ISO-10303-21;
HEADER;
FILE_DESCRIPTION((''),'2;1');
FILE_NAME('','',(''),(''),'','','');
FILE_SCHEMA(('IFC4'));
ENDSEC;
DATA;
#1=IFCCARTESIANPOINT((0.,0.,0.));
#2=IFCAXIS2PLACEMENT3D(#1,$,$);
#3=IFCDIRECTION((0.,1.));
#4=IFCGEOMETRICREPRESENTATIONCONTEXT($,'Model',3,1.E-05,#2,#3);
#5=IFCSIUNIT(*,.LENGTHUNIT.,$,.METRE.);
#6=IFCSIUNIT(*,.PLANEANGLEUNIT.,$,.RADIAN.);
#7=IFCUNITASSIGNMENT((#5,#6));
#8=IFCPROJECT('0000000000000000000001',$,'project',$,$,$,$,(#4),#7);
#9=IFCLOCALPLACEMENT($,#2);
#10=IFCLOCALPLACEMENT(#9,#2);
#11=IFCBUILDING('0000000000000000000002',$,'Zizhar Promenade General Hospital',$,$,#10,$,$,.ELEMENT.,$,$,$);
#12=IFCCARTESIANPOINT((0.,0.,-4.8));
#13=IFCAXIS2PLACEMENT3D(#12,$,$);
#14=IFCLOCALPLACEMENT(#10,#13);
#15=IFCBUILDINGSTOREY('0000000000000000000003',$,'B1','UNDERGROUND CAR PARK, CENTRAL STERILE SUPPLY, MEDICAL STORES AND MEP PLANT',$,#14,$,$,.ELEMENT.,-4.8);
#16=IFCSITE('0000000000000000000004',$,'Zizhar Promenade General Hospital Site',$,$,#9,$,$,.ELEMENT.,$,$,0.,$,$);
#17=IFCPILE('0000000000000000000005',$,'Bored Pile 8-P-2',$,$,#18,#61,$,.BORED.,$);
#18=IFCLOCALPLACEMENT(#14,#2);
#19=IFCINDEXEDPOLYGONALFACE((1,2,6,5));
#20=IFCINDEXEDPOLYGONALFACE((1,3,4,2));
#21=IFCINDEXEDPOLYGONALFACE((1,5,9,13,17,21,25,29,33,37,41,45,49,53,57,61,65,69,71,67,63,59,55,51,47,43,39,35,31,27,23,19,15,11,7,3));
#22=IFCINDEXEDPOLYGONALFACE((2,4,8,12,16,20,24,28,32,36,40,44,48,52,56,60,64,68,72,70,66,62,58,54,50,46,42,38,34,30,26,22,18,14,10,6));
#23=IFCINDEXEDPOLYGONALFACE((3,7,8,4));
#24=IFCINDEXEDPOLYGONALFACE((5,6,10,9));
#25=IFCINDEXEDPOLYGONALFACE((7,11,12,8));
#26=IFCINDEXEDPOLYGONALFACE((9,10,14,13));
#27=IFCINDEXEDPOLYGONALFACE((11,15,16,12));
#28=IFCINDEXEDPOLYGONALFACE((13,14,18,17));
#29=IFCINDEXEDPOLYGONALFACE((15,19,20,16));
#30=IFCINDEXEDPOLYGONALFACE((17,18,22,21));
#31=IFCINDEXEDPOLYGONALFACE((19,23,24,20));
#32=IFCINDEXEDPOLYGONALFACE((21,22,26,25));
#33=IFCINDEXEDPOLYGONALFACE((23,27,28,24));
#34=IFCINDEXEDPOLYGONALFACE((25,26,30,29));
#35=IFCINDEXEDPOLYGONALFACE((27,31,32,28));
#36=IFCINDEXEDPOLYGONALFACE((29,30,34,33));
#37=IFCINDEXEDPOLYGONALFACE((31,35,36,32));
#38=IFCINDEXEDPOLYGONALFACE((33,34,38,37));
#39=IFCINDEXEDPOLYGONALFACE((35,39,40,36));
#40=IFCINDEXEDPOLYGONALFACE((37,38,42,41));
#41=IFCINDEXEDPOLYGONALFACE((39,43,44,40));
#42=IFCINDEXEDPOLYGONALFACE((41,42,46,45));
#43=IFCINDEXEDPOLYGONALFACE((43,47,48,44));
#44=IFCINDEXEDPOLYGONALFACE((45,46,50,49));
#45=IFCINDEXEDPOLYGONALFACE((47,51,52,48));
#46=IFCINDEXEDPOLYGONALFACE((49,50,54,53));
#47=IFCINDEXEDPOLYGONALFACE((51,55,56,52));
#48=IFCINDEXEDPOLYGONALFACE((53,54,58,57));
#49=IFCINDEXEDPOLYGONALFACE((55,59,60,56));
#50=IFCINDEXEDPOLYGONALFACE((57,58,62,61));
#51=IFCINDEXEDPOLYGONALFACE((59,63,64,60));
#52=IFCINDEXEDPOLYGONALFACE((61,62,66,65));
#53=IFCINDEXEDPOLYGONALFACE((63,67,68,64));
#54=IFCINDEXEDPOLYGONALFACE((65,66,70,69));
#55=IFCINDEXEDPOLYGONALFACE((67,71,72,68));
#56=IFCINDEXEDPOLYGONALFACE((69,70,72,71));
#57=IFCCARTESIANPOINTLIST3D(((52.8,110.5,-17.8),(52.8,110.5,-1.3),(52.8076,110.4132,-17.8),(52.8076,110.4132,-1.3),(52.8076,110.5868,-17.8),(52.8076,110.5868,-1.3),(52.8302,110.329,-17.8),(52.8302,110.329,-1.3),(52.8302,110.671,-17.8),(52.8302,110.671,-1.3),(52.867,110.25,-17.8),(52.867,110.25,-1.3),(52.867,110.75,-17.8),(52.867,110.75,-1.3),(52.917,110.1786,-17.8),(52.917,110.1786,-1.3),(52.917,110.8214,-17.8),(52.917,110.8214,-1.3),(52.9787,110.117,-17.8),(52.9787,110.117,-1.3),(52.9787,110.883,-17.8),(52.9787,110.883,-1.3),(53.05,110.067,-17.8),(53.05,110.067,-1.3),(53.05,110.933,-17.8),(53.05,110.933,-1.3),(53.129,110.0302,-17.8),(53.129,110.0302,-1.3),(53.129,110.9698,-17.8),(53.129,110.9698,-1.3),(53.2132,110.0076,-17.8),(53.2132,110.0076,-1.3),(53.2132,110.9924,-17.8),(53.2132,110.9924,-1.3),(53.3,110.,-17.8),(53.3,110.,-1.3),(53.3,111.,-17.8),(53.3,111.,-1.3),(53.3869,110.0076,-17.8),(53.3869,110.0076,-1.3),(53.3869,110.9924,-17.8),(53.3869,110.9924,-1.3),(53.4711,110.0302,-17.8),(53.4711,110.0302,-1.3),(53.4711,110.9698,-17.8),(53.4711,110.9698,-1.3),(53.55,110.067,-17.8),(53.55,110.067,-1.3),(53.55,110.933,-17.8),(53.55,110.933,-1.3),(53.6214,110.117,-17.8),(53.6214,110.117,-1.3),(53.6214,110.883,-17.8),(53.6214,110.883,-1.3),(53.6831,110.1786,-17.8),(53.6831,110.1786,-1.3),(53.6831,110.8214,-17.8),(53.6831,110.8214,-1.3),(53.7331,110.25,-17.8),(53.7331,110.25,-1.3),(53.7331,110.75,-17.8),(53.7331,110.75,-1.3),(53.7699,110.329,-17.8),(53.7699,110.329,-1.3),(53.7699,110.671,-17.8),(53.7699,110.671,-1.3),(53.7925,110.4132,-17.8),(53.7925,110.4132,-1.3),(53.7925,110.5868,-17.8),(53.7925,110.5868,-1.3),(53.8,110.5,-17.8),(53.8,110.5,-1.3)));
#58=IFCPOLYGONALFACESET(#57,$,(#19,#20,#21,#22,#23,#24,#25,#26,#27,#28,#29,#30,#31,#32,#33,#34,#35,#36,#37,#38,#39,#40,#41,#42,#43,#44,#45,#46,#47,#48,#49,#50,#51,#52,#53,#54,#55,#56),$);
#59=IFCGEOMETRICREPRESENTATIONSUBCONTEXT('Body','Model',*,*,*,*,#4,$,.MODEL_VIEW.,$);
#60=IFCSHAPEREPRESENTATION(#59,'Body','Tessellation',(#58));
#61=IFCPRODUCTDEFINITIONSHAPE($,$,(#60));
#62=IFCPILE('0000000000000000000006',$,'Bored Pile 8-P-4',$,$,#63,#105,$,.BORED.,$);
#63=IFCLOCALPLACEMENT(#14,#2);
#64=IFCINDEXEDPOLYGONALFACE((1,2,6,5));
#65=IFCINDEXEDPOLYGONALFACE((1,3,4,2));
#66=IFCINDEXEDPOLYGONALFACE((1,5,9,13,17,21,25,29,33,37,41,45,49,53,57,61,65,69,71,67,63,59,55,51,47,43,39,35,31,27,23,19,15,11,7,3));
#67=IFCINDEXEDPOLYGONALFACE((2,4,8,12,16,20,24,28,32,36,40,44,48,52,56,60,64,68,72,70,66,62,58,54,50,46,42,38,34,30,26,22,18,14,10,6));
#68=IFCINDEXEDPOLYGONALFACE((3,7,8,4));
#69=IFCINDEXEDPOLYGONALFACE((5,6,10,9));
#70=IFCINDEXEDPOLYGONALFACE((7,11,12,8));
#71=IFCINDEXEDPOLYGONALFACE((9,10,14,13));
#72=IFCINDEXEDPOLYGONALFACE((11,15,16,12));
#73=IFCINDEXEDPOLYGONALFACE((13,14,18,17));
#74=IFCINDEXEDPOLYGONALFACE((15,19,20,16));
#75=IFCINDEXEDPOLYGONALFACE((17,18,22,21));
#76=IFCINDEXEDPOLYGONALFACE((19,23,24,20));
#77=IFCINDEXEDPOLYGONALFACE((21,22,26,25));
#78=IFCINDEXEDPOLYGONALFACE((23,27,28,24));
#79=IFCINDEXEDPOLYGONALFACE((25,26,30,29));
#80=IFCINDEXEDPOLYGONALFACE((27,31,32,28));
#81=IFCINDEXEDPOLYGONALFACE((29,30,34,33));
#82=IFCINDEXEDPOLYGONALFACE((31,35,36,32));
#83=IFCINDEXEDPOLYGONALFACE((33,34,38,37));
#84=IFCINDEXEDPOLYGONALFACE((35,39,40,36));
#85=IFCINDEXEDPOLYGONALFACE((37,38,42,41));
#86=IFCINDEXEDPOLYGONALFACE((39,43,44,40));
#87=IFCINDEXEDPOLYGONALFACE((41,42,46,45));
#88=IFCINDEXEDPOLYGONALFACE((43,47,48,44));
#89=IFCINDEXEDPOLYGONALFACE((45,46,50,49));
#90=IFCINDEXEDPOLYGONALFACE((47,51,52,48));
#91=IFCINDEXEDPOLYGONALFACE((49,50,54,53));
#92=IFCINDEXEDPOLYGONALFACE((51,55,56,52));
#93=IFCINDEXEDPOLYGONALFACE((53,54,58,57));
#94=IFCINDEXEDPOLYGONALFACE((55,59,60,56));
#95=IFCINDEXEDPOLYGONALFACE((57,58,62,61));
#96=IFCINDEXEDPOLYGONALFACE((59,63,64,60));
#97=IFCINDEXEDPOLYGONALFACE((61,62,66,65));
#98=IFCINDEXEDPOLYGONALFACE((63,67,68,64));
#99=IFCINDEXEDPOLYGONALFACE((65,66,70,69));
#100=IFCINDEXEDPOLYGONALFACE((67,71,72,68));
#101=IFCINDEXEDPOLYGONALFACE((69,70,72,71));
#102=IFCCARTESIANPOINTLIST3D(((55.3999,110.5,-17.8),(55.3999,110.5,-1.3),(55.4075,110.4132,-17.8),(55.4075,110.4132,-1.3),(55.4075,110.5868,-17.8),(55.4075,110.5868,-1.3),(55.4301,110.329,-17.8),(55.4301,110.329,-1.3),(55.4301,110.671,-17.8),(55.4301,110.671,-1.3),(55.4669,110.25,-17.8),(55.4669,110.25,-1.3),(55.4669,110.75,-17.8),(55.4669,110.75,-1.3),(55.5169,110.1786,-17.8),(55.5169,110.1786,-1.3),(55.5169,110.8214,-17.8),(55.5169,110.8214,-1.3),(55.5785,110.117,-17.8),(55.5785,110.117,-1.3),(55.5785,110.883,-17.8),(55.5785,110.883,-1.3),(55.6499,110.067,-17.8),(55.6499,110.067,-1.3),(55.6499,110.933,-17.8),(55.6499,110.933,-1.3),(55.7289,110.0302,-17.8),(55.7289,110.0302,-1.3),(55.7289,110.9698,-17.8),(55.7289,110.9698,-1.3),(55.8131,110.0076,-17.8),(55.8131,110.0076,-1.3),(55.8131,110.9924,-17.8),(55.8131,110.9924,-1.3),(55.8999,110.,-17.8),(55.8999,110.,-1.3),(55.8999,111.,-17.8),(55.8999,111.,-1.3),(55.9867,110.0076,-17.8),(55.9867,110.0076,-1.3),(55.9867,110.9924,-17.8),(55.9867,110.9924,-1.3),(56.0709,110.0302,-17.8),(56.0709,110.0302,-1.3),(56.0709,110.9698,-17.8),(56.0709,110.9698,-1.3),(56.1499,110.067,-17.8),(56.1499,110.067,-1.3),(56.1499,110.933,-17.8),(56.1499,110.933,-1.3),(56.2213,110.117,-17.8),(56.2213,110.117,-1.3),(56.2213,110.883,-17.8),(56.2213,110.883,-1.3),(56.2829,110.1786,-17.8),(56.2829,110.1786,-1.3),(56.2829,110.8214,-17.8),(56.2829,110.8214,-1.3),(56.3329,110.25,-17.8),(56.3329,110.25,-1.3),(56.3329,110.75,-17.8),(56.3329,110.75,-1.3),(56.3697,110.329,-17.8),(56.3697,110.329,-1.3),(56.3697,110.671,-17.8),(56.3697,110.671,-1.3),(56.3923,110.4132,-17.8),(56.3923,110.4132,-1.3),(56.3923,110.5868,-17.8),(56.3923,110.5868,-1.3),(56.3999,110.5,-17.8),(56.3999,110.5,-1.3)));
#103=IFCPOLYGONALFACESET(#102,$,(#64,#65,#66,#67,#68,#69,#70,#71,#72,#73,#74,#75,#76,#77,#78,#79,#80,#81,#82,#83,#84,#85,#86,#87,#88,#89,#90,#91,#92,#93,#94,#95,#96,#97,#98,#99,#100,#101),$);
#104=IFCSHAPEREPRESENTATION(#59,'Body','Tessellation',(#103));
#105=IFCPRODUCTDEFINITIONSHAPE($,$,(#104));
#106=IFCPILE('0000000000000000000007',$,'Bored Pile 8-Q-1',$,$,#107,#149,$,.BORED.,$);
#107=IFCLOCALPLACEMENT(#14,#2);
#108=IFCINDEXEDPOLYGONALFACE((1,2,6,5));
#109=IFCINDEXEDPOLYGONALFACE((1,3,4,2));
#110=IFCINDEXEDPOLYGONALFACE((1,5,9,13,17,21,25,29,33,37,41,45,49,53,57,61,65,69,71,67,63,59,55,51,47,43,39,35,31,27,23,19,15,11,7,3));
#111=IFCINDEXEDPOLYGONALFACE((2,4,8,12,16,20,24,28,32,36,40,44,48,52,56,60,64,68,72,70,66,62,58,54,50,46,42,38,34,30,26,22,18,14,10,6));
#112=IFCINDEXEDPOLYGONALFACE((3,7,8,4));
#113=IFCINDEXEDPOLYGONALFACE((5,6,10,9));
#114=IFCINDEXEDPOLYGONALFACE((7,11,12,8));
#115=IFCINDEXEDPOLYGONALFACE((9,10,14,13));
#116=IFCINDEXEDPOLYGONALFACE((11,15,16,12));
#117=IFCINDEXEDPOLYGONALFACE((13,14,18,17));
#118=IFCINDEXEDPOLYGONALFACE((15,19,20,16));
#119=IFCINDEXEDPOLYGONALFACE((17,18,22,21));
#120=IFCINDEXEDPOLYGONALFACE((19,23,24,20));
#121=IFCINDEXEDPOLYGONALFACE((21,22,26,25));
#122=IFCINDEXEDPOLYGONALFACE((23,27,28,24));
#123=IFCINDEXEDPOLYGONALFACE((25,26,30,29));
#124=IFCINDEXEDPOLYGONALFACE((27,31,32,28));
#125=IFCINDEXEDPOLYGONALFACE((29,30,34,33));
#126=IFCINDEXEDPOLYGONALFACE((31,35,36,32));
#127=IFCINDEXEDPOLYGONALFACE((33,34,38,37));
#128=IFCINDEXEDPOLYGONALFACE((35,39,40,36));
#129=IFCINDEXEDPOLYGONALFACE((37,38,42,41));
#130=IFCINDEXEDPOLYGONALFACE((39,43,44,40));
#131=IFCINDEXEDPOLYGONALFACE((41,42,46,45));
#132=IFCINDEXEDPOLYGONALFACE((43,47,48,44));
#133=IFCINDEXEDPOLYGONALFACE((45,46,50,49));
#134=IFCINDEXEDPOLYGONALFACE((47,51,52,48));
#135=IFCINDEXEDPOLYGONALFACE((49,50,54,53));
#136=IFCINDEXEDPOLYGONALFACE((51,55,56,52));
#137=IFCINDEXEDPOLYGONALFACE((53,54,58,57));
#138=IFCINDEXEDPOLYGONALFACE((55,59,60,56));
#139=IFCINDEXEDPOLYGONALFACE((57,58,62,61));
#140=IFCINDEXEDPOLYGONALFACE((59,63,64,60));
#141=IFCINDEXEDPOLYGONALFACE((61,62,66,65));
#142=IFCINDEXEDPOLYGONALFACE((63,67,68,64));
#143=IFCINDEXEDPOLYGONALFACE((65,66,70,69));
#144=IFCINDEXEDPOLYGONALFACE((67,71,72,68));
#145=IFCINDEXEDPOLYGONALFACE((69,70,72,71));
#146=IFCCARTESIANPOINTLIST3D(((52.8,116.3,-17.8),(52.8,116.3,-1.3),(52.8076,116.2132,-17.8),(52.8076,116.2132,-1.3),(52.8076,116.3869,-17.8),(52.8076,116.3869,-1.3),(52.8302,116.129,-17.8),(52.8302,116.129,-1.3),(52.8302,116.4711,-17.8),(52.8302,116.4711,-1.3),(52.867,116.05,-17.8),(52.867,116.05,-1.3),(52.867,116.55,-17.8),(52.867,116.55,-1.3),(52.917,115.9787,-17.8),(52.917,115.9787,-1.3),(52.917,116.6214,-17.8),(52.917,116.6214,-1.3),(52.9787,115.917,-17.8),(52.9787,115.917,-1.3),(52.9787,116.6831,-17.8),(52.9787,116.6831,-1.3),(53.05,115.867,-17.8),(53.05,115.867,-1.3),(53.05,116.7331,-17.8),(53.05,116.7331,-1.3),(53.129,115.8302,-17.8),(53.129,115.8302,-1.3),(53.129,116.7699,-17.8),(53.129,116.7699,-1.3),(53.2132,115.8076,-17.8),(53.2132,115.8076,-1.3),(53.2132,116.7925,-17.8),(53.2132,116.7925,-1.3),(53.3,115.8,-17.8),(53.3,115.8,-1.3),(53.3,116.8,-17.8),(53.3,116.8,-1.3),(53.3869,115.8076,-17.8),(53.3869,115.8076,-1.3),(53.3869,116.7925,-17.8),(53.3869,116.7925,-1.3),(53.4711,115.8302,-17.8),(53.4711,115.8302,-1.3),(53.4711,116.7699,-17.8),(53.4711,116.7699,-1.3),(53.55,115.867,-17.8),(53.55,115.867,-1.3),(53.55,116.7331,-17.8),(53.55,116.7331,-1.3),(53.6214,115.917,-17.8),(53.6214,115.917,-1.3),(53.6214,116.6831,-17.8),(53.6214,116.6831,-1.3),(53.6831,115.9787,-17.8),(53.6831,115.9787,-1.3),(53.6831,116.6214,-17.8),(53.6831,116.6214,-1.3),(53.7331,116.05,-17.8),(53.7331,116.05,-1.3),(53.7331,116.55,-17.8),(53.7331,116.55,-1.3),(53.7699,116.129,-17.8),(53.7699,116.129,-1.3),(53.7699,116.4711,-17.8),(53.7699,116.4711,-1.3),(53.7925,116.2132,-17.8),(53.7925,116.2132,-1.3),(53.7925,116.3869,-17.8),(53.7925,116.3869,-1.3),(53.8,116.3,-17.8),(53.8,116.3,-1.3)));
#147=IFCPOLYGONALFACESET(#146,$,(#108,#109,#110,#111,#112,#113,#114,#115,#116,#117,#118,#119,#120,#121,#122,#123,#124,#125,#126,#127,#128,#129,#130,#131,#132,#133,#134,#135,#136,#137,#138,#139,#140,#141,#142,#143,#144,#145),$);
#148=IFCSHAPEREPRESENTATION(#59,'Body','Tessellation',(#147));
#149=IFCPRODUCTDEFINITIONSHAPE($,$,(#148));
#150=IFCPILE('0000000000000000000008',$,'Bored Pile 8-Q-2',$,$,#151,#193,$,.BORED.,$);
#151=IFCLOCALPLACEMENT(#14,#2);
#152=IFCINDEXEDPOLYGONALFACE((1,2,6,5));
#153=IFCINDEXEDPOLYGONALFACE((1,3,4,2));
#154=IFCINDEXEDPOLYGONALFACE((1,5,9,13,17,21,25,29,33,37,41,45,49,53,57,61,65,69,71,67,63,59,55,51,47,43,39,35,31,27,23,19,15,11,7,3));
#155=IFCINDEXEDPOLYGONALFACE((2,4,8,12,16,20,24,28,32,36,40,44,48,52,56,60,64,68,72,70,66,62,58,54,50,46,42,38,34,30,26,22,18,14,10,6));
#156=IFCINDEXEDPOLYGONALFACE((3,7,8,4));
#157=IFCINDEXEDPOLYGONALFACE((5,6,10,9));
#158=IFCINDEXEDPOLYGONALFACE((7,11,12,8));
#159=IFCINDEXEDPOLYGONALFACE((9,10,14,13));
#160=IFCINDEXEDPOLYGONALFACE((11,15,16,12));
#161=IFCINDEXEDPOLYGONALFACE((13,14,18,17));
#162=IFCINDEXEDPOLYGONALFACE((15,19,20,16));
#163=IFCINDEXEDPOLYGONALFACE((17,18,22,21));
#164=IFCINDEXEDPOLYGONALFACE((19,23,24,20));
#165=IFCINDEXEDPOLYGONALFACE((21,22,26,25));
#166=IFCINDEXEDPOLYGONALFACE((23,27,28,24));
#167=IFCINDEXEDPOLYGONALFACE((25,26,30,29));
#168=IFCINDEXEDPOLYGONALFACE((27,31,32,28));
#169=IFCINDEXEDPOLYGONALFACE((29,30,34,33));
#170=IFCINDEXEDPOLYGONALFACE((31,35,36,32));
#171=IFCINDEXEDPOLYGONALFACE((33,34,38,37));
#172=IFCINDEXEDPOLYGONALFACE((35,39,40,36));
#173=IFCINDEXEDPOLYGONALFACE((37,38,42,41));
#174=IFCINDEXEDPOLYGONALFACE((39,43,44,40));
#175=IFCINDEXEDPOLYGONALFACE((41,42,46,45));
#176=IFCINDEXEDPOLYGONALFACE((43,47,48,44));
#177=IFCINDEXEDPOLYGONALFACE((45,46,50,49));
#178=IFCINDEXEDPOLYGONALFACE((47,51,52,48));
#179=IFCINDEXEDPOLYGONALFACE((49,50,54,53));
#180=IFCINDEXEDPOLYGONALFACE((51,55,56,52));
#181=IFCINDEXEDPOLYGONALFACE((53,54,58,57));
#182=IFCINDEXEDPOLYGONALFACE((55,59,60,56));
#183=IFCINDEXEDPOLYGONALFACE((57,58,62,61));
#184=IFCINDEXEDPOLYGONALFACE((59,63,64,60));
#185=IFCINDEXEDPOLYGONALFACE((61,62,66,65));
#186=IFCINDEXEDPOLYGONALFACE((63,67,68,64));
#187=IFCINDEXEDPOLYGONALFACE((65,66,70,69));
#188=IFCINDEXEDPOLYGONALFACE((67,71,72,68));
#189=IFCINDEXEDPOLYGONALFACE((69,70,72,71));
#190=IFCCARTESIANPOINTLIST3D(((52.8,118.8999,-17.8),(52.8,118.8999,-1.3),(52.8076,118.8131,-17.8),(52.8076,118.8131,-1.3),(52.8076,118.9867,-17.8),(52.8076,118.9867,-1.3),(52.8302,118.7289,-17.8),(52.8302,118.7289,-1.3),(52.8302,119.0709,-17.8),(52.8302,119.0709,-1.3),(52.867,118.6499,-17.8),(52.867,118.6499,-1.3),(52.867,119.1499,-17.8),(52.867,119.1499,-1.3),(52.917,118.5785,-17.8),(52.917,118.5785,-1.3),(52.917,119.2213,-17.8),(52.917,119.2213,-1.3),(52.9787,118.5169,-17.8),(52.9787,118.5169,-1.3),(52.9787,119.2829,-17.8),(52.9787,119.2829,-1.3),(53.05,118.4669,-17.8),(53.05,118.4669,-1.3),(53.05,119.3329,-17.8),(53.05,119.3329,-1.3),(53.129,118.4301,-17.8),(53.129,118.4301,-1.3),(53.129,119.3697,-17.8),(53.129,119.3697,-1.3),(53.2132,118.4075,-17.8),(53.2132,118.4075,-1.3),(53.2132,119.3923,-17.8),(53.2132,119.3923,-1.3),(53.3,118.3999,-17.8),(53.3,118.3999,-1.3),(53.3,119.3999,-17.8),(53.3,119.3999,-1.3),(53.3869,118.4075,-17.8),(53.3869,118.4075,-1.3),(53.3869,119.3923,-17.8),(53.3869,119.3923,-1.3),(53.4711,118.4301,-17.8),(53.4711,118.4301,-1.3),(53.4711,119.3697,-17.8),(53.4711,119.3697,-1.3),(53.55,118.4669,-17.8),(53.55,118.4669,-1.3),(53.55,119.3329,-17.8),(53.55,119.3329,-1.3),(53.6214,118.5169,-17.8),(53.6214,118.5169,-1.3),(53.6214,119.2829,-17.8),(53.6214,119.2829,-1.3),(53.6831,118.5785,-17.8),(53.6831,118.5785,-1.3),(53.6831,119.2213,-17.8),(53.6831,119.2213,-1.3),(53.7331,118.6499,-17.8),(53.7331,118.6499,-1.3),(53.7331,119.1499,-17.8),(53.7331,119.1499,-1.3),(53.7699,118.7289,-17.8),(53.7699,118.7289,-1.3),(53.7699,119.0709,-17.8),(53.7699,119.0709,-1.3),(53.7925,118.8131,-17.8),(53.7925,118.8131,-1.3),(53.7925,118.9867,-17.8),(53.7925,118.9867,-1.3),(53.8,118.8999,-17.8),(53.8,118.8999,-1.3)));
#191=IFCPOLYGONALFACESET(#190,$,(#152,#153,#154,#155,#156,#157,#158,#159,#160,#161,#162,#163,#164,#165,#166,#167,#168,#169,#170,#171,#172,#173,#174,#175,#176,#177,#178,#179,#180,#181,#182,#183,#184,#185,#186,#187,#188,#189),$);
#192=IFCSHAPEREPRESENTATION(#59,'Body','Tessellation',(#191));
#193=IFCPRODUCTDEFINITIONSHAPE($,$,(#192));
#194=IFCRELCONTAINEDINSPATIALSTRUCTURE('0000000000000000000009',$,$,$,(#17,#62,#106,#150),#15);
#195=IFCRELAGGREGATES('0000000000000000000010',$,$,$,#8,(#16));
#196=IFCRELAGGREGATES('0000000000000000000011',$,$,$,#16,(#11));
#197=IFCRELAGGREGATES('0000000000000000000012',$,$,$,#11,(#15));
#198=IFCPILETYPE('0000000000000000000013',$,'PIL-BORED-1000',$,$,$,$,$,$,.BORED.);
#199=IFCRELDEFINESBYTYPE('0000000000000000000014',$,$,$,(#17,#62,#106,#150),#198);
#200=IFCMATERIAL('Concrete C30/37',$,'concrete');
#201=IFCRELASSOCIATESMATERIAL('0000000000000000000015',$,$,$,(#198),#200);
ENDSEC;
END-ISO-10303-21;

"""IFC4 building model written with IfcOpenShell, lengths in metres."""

from ifc_helpers import new_model, si_unit, direction, frame, origin, origin_2d, place, context, subcontext, project, spatial, circle, extrude, material, material_profile, profile_set, type_object, element, save


model = new_model("IFC4")

# Units and contexts
model_context = context("Model", 3, precision=1e-05, world=origin(), true_north=direction((0.0, 1.0)))
body_context = subcontext(model_context, "Body", "Model", "MODEL_VIEW")
ifc_project = project(units=[si_unit("LENGTHUNIT", "METRE"), si_unit("PLANEANGLEUNIT", "RADIAN")], contexts=[model_context])

# Site, building, storey
site_placement = place(None, origin())
site = spatial("IfcSite", under=ifc_project, at=site_placement, Name="Zizhar Promenade General Hospital Site", CompositionType="ELEMENT", RefElevation=0.0)
building_placement = place(site_placement, origin())
building = spatial("IfcBuilding", under=site, at=building_placement, Name="Zizhar Promenade General Hospital", CompositionType="ELEMENT")
storey_placement = place(building_placement, frame((0.0, 0.0, -4.8)))
storey = spatial("IfcBuildingStorey", under=building, at=storey_placement, Name="B1", Description="UNDERGROUND CAR PARK, CENTRAL STERILE SUPPLY, MEDICAL STORES AND MEP PLANT", CompositionType="ELEMENT", Elevation=-4.8)

# Piles
ifc_material_1 = material(Name="Concrete C30/37", Category="concrete")
ifc_material_profile_1 = material_profile(ifc_material_1, circle(Radius=0.5, at=origin_2d()))
ifc_profile_set_1 = profile_set([ifc_material_profile_1], Name="Concrete C30/37")
pile_type = type_object("IfcPileType", Name="PIL-BORED-1000", PredefinedType="BORED", material=ifc_profile_set_1)
for number, where, z_axis, x_axis, name in (
    (1, (53.3, 110.5, -1.3), (0.0, 0.0, -1.0), (1.0, 0.0, 0.0), "Bored Pile 8-P-2"),
    (2, (55.8999, 110.5, -1.3), (0.0, 0.0, -1.0), (1.0, 0.0, 0.0), "Bored Pile 8-P-4"),
    (3, (53.3, 116.3, -1.3), (0.0, 0.0, -1.0), (1.0, 0.0, 0.0), "Bored Pile 8-Q-1"),
    (4, (53.3, 118.8999, -1.3), (0.0, 0.0, -1.0), (1.0, 0.0, 0.0), "Bored Pile 8-Q-2"),
):
    element("IfcPile", number, at=place(storey_placement, frame(where, z_axis=z_axis, x_axis=x_axis)), inside=storey, type_object=pile_type, Name=name, PredefinedType="BORED", context=body_context, shape_type="SweptSolid", body=[
        extrude(circle(Radius=0.5, at=origin_2d()), origin(), (0.0, 0.0, 1.0), 16.5),
    ])

save(model, "model.ifc")
